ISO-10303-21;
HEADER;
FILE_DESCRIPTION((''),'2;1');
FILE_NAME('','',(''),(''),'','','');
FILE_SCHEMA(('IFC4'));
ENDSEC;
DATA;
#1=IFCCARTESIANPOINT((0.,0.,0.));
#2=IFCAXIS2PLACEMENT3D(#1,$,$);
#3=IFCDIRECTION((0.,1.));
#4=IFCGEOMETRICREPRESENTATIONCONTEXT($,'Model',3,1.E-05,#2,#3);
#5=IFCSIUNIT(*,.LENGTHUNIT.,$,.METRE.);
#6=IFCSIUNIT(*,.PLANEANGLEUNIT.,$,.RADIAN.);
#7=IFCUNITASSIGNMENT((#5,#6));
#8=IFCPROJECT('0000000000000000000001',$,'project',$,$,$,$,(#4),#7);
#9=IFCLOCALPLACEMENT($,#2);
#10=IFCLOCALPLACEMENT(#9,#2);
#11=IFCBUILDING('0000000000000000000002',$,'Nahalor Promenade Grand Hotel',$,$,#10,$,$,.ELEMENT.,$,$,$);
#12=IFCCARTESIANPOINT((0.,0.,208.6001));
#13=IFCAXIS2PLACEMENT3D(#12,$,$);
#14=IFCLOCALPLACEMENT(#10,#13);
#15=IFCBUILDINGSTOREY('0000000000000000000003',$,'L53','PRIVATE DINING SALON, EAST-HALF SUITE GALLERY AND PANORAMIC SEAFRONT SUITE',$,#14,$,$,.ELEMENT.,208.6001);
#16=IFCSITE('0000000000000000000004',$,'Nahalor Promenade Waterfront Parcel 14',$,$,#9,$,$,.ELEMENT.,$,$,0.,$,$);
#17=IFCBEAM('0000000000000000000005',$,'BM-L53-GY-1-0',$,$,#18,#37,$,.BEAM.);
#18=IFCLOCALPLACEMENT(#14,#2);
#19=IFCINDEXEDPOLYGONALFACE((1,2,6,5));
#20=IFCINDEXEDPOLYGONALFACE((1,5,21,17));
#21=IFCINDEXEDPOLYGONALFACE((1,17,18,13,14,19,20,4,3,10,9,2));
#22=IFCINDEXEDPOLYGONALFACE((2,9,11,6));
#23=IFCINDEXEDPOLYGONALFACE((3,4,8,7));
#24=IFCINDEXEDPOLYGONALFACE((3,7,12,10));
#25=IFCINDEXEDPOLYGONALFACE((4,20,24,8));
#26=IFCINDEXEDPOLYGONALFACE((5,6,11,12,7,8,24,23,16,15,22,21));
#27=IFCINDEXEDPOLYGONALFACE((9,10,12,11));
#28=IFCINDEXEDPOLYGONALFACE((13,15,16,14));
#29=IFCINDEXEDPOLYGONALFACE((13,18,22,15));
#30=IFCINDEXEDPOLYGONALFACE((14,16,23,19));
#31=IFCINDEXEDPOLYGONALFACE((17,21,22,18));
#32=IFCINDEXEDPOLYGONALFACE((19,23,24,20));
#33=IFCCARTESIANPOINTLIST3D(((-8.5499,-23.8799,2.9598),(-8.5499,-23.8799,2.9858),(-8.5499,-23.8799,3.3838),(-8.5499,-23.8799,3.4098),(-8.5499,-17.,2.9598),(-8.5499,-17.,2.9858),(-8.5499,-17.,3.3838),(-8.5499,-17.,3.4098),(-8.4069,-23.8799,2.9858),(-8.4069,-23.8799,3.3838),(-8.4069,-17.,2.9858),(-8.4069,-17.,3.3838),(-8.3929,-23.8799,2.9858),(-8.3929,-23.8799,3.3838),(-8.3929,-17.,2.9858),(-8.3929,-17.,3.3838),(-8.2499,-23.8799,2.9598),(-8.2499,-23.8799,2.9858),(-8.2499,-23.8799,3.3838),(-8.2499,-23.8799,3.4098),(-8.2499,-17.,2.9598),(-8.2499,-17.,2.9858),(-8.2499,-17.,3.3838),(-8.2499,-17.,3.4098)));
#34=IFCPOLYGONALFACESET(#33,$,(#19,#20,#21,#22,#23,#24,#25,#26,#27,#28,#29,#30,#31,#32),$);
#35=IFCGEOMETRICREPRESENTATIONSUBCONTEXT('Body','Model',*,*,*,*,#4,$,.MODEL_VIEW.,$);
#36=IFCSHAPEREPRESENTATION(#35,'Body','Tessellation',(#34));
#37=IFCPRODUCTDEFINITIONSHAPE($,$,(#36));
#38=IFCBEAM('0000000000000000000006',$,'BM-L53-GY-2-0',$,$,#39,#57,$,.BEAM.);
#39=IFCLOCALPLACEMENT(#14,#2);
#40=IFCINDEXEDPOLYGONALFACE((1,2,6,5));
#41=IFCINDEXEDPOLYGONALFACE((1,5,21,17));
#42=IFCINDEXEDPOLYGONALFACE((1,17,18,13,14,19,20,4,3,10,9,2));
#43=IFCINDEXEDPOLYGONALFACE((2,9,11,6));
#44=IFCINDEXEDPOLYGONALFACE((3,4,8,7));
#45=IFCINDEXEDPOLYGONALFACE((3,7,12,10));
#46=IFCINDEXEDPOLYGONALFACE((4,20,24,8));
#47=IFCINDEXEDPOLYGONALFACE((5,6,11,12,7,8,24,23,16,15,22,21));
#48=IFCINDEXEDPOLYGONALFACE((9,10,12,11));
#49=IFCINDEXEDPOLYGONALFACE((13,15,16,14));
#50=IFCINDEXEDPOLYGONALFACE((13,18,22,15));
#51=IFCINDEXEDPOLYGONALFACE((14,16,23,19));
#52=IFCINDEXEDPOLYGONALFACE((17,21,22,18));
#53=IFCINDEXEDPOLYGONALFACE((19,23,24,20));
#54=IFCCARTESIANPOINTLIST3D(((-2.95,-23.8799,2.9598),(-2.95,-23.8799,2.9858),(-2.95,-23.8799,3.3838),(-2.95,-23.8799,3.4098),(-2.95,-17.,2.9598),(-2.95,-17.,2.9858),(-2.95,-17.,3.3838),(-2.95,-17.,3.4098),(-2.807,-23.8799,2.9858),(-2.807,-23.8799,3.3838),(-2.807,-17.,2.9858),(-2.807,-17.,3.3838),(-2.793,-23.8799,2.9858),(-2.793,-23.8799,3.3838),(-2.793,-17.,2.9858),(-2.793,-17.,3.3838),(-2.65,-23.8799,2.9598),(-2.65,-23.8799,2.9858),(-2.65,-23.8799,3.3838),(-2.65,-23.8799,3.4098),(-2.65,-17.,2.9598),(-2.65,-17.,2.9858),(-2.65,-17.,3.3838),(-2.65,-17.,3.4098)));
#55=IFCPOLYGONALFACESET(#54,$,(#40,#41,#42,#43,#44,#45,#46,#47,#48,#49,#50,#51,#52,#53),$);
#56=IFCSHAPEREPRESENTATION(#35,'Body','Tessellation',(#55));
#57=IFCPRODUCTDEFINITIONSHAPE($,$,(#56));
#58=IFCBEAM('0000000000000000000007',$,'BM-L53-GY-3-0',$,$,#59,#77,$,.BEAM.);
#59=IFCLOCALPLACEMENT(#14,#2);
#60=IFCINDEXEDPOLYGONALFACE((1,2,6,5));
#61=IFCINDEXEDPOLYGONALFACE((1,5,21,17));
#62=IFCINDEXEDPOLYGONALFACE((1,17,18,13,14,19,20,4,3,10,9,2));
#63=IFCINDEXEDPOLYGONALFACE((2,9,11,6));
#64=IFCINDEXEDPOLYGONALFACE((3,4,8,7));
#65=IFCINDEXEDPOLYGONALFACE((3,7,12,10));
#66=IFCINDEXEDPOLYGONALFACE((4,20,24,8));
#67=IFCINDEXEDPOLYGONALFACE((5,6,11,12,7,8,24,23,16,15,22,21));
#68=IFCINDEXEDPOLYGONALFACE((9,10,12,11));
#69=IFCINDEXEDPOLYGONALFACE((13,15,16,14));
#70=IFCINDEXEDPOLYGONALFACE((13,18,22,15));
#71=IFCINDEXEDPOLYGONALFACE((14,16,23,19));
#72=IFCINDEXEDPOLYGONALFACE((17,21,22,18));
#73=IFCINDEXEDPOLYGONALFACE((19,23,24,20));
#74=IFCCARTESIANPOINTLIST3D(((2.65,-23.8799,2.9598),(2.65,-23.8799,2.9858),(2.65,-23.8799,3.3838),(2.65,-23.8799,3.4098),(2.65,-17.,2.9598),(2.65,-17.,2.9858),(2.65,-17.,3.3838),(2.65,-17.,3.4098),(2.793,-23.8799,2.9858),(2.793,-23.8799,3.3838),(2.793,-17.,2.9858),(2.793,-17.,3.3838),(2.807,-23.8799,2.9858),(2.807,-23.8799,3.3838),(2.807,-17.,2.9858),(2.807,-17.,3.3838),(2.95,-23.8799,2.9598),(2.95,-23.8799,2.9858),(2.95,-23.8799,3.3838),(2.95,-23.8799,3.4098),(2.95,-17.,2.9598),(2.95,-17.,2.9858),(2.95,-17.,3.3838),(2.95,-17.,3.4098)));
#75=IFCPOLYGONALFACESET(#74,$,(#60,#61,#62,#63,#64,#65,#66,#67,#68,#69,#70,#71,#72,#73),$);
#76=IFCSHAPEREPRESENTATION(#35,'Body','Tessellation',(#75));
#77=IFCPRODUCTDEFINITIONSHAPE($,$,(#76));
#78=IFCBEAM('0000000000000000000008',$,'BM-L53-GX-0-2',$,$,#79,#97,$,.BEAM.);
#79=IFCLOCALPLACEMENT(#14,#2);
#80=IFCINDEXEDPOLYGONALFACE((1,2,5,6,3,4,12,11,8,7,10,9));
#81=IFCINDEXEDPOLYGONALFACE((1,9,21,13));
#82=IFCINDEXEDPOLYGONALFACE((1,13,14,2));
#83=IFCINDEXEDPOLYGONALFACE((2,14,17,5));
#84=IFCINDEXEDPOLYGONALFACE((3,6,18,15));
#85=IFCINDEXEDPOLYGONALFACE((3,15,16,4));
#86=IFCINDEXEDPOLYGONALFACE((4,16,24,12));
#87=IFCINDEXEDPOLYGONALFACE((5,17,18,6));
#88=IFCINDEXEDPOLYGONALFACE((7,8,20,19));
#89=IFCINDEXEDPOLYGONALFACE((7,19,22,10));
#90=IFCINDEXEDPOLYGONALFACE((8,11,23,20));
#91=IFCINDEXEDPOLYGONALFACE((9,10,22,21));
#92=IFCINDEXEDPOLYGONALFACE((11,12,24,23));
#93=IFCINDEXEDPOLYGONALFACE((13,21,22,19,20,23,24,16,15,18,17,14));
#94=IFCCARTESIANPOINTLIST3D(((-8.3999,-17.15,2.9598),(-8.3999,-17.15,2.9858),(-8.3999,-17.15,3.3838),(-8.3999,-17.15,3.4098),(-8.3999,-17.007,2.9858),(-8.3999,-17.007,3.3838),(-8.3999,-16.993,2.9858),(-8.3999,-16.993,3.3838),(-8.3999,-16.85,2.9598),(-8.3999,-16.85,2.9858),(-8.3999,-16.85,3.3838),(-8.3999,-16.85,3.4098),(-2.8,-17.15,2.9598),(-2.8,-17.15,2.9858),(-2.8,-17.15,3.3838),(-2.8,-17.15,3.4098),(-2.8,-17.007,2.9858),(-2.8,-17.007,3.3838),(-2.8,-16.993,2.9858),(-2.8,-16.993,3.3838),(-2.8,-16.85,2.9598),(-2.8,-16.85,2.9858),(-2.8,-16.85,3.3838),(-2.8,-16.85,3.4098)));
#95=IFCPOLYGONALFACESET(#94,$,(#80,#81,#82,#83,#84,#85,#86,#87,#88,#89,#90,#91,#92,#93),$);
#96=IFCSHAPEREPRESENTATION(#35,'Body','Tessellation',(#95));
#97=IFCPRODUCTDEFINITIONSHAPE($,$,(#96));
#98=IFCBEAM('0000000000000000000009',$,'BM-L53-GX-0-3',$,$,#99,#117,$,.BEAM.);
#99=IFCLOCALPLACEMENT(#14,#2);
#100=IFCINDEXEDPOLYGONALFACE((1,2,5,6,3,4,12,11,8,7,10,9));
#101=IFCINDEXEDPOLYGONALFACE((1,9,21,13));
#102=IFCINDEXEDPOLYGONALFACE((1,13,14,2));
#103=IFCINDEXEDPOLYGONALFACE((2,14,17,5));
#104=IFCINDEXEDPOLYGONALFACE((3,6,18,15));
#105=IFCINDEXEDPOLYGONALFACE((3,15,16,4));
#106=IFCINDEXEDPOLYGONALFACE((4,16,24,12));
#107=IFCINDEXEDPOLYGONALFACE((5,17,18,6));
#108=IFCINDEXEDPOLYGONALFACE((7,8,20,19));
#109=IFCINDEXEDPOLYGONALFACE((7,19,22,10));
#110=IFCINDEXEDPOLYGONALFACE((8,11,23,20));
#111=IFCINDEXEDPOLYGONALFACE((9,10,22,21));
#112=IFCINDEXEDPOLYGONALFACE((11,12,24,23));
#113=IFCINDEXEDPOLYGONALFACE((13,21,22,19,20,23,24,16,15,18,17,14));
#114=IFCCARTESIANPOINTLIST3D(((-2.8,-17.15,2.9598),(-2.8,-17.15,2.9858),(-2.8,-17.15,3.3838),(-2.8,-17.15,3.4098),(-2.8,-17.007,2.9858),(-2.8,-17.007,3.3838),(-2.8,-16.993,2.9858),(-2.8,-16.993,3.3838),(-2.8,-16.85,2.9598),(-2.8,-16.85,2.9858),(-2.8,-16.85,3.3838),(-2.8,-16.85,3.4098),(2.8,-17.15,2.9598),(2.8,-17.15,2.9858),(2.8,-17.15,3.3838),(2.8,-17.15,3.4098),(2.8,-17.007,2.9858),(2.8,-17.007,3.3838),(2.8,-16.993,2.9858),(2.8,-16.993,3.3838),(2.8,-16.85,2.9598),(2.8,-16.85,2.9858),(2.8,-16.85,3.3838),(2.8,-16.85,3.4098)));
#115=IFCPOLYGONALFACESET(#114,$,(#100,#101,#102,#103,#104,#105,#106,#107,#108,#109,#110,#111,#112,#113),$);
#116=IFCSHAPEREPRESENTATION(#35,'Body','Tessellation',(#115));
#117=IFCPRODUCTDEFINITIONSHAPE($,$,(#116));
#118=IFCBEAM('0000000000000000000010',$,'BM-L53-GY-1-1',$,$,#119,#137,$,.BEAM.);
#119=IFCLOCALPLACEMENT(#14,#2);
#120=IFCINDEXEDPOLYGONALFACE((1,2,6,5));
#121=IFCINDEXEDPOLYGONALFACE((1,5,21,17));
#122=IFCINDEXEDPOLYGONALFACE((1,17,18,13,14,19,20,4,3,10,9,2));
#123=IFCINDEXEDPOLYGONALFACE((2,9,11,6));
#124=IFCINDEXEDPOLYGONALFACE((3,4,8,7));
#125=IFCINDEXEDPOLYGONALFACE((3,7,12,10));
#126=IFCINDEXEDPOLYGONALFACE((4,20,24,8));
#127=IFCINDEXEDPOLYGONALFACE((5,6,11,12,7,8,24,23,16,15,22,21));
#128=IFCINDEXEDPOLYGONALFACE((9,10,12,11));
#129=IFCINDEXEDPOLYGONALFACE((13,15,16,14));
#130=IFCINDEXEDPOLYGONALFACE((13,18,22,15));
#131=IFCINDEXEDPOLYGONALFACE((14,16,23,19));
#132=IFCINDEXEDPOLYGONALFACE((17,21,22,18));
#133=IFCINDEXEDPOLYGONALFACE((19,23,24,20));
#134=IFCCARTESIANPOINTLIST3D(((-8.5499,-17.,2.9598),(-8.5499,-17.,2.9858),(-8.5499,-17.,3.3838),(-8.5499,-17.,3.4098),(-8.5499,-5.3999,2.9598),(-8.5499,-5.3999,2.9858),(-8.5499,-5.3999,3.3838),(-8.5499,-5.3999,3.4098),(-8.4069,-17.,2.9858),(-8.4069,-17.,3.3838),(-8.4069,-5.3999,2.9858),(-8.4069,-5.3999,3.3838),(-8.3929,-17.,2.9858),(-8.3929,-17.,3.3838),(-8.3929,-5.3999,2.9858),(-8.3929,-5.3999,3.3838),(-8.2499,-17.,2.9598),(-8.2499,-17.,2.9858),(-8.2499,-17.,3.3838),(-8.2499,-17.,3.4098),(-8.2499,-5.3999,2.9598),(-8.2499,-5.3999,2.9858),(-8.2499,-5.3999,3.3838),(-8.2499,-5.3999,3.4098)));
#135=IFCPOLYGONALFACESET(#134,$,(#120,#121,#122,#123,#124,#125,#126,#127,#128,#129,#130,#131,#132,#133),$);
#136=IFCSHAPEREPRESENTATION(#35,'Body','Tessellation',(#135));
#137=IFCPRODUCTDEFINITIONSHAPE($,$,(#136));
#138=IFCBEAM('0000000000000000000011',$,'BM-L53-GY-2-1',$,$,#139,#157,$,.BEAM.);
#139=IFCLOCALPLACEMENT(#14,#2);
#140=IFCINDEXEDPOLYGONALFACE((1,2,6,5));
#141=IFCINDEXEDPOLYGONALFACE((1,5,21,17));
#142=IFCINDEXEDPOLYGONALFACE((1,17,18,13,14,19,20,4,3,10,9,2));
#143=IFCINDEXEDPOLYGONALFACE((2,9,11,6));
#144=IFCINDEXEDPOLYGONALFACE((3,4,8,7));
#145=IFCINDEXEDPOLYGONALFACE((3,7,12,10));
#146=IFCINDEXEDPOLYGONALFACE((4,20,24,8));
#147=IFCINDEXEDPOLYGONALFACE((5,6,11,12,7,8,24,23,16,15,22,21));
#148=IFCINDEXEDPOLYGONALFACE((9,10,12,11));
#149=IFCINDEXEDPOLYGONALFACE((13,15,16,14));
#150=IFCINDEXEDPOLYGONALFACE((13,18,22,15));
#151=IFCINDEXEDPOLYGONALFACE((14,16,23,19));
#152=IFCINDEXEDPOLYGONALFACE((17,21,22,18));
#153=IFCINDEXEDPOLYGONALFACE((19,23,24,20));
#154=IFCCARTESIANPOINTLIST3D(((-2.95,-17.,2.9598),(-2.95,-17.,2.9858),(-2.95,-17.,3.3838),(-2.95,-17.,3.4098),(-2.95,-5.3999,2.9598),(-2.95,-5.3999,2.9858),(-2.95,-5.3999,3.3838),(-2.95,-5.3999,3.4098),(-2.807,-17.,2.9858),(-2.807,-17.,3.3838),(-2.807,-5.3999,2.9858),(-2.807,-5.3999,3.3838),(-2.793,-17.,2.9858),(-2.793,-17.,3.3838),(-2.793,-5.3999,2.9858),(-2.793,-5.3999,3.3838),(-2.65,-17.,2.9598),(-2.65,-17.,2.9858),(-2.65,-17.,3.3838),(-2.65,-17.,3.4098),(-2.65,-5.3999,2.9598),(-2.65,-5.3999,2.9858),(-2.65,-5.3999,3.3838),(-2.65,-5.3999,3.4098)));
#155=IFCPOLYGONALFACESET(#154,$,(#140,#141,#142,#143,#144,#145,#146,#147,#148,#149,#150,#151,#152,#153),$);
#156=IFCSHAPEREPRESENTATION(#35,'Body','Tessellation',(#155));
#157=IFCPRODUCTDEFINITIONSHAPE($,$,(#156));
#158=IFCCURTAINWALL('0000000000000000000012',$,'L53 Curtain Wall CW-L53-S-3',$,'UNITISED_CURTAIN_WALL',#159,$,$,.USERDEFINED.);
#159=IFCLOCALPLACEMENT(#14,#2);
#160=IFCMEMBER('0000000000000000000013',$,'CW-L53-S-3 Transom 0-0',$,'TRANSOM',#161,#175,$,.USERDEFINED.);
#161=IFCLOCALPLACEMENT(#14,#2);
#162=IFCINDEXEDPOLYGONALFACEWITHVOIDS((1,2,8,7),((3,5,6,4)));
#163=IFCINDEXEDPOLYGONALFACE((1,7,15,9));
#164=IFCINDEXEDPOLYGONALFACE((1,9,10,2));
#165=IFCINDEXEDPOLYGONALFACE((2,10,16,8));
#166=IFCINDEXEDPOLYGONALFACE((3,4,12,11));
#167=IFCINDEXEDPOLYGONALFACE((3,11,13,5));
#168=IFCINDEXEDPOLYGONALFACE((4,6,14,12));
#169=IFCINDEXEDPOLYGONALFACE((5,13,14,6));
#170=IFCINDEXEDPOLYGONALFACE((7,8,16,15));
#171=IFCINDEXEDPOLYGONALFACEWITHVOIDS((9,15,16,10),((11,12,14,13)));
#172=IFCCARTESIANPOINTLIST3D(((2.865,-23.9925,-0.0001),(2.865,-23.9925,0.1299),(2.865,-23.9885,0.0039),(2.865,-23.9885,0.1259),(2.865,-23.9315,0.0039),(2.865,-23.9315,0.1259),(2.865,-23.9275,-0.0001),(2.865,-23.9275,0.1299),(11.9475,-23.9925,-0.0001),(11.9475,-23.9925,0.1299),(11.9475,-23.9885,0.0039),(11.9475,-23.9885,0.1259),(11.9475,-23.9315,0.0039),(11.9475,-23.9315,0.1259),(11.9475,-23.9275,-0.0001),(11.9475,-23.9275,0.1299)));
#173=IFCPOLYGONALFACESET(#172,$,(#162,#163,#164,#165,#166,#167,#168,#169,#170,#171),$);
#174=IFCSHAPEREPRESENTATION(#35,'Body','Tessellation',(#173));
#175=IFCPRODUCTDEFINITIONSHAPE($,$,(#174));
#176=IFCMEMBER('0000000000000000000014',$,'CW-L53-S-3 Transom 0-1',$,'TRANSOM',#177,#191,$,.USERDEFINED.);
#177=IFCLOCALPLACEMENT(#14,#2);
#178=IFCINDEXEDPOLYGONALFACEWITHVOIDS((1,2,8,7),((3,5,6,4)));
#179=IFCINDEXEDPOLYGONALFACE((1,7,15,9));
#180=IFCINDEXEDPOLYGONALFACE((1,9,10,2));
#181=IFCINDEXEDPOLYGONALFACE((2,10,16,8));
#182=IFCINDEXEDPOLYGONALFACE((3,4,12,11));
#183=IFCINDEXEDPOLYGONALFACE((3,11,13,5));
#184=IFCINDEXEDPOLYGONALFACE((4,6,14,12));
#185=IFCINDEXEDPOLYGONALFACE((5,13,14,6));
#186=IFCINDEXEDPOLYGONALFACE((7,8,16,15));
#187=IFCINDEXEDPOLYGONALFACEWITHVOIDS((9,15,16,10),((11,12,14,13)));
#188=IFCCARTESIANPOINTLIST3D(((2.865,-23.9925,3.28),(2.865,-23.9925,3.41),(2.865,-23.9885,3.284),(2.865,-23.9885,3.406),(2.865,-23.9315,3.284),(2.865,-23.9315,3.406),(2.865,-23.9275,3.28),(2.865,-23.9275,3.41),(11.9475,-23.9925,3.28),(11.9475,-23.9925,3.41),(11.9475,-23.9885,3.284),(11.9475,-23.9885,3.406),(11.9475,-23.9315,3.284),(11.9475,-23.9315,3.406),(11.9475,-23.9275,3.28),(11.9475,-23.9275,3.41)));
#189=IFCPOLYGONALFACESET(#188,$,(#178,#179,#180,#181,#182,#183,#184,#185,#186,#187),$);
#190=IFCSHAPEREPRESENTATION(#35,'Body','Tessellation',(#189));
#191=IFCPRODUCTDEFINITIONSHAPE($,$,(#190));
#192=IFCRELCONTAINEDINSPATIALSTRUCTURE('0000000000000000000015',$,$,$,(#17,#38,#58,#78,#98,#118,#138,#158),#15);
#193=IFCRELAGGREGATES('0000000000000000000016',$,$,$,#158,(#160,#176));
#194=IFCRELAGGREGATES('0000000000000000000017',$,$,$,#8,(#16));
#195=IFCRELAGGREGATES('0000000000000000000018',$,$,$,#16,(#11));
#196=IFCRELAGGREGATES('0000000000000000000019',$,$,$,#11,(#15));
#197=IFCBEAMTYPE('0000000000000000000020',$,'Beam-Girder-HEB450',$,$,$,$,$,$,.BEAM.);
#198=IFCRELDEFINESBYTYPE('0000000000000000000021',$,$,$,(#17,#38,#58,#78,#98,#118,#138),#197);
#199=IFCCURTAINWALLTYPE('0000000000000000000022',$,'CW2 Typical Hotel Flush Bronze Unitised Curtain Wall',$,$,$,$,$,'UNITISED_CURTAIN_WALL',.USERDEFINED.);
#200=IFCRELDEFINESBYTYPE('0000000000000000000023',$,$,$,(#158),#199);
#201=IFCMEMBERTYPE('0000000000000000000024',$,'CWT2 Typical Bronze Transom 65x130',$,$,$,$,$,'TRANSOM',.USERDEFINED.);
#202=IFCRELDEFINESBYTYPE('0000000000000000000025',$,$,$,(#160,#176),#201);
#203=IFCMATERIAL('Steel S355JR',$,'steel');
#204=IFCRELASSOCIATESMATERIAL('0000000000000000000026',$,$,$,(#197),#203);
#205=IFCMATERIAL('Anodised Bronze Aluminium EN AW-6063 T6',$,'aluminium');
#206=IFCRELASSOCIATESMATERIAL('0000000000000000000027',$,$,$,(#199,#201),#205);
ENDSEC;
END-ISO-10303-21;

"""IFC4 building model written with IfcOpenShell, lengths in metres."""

from ifc_helpers import new_model, si_unit, direction, frame, origin, origin_2d, place, context, subcontext, project, spatial, hollow_rectangle, i_section, extrude, source, transform, mapped, material, material_profile, profile_set, type_object, element, aggregate, save


model = new_model("IFC4")

# Units and contexts
model_context = context("Model", 3, precision=1e-05, world=origin(), true_north=direction((0.0, 1.0)))
body_context = subcontext(model_context, "Body", "Model", "MODEL_VIEW")
ifc_project = project(units=[si_unit("LENGTHUNIT", "METRE"), si_unit("PLANEANGLEUNIT", "RADIAN")], contexts=[model_context])

# Site, building, storey
site_placement = place(None, origin())
site = spatial("IfcSite", under=ifc_project, at=site_placement, Name="Nahalor Promenade Waterfront Parcel 14", CompositionType="ELEMENT", RefElevation=0.0)
building_placement = place(site_placement, origin())
building = spatial("IfcBuilding", under=site, at=building_placement, Name="Nahalor Promenade Grand Hotel", CompositionType="ELEMENT")
storey_placement = place(building_placement, frame((0.0, 0.0, 208.6001)))
storey = spatial("IfcBuildingStorey", under=building, at=storey_placement, Name="L53", Description="PRIVATE DINING SALON, EAST-HALF SUITE GALLERY AND PANORAMIC SEAFRONT SUITE", CompositionType="ELEMENT", Elevation=208.6001)

# Shared definitions
ifc_material_1 = material(Name="Steel S355JR", Category="steel")

# Beams
ifc_material_profile_1 = material_profile(ifc_material_1, i_section(OverallWidth=0.3, OverallDepth=0.45, WebThickness=0.014, FlangeThickness=0.026, at=origin_2d()), Name="HEB 450")
ifc_profile_set_1 = profile_set([ifc_material_profile_1], Name="Steel S355JR")
beam_type_1 = type_object("IfcBeamType", Name="Beam-Girder-HEB450", PredefinedType="BEAM", material=ifc_profile_set_1)
shared_shape_1 = source(origin(), body_context, "Body", "SweptSolid", [
    extrude(i_section(OverallWidth=0.3, OverallDepth=0.45, WebThickness=0.014, FlangeThickness=0.026, at=origin_2d()), origin(), (0.0, 0.0, 1.0), 6.8799),
])
for number, where, z_axis, x_axis, name in (
    (1, (-8.3999, -23.8799, 3.1848), (0.0, 1.0, 0.0), (-1.0, 0.0, 0.0), "BM-L53-GY-1-0"),
    (2, (-2.8, -23.8799, 3.1848), (0.0, 1.0, 0.0), (-1.0, 0.0, 0.0), "BM-L53-GY-2-0"),
    (3, (2.8, -23.8799, 3.1848), (0.0, 1.0, 0.0), (-1.0, 0.0, 0.0), "BM-L53-GY-3-0"),
):
    element("IfcBeam", number, at=place(storey_placement, frame(where, z_axis=z_axis, x_axis=x_axis)), inside=storey, type_object=beam_type_1, Name=name, PredefinedType="BEAM", context=body_context, shape_type="MappedRepresentation", body=[
        mapped(shared_shape_1, transform((0.0, 0.0, 0.0), scale=1.0)),
    ])
shared_shape_2 = source(origin(), body_context, "Body", "SweptSolid", [
    extrude(i_section(OverallWidth=0.3, OverallDepth=0.45, WebThickness=0.014, FlangeThickness=0.026, at=origin_2d()), origin(), (0.0, 0.0, 1.0), 5.5999),
])
beam_1_placement = place(storey_placement, frame((-8.3999, -17.0, 3.1848), z_axis=(1.0, 0.0, 0.0), x_axis=(0.0, 1.0, 0.0)))
element("IfcBeam", 4, at=beam_1_placement, inside=storey, type_object=beam_type_1, Name="BM-L53-GX-0-2", PredefinedType="BEAM", context=body_context, shape_type="MappedRepresentation", body=[
    mapped(shared_shape_2, transform((0.0, 0.0, 0.0), scale=1.0)),
])
shared_shape_3 = source(origin(), body_context, "Body", "SweptSolid", [
    extrude(i_section(OverallWidth=0.3, OverallDepth=0.45, WebThickness=0.014, FlangeThickness=0.026, at=origin_2d()), origin(), (0.0, 0.0, 1.0), 5.6001),
])
beam_2_placement = place(storey_placement, frame((-2.8, -17.0, 3.1848), z_axis=(1.0, 0.0, 0.0), x_axis=(0.0, 1.0, 0.0)))
element("IfcBeam", 5, at=beam_2_placement, inside=storey, type_object=beam_type_1, Name="BM-L53-GX-0-3", PredefinedType="BEAM", context=body_context, shape_type="MappedRepresentation", body=[
    mapped(shared_shape_3, transform((0.0, 0.0, 0.0), scale=1.0)),
])
shared_shape_4 = source(origin(), body_context, "Body", "SweptSolid", [
    extrude(i_section(OverallWidth=0.3, OverallDepth=0.45, WebThickness=0.014, FlangeThickness=0.026, at=origin_2d()), origin(), (0.0, 0.0, 1.0), 11.6001),
])
for number, where, z_axis, x_axis, name in (
    (6, (-8.3999, -17.0, 3.1848), (0.0, 1.0, 0.0), (-1.0, 0.0, 0.0), "BM-L53-GY-1-1"),
    (7, (-2.8, -17.0, 3.1848), (0.0, 1.0, 0.0), (-1.0, 0.0, 0.0), "BM-L53-GY-2-1"),
):
    element("IfcBeam", number, at=place(storey_placement, frame(where, z_axis=z_axis, x_axis=x_axis)), inside=storey, type_object=beam_type_1, Name=name, PredefinedType="BEAM", context=body_context, shape_type="MappedRepresentation", body=[
        mapped(shared_shape_4, transform((0.0, 0.0, 0.0), scale=1.0)),
    ])

# Curtain wall, members
ifc_material_2 = material(Name="Anodised Bronze Aluminium EN AW-6063 T6", Category="aluminium")
curtain_wall_type = type_object("IfcCurtainWallType", Name="CW2 Typical Hotel Flush Bronze Unitised Curtain Wall", ElementType="UNITISED_CURTAIN_WALL", PredefinedType="USERDEFINED", material=ifc_material_2)
curtain_wall_placement = place(storey_placement, origin())
curtain_wall = element("IfcCurtainWall", 8, at=curtain_wall_placement, inside=storey, type_object=curtain_wall_type, Name="L53 Curtain Wall CW-L53-S-3", ObjectType="UNITISED_CURTAIN_WALL", PredefinedType="USERDEFINED")
ifc_material_profile_2 = material_profile(ifc_material_2, hollow_rectangle(XDim=0.065, YDim=0.13, WallThickness=0.004, at=origin_2d()), Name="CWT 65x130x4")
ifc_profile_set_2 = profile_set([ifc_material_profile_2], Name="Anodised Bronze Aluminium EN AW-6063 T6")
member_type_1 = type_object("IfcMemberType", Name="CWT2 Typical Bronze Transom 65x130", ElementType="TRANSOM", PredefinedType="USERDEFINED", material=ifc_profile_set_2)
shared_shape_5 = source(origin(), body_context, "Body", "SweptSolid", [
    extrude(hollow_rectangle(XDim=0.065, YDim=0.13, WallThickness=0.004, at=origin_2d()), origin(), (0.0, 0.0, 1.0), 9.0825),
])
member_1_placement = place(storey_placement, frame((2.865, -23.96, 0.0649), z_axis=(1.0, 0.0, 0.0), x_axis=(0.0, 1.0, 0.0)))
member_1 = element("IfcMember", 9, at=member_1_placement, type_object=member_type_1, Name="CW-L53-S-3 Transom 0-0", ObjectType="TRANSOM", PredefinedType="USERDEFINED", context=body_context, shape_type="MappedRepresentation", body=[
    mapped(shared_shape_5, transform((0.0, 0.0, 0.0), scale=1.0)),
])
member_2_placement = place(storey_placement, frame((2.865, -23.96, 3.345), z_axis=(1.0, 0.0, 0.0), x_axis=(0.0, 1.0, 0.0)))
member_2 = element("IfcMember", 10, at=member_2_placement, type_object=member_type_1, Name="CW-L53-S-3 Transom 0-1", ObjectType="TRANSOM", PredefinedType="USERDEFINED", context=body_context, shape_type="MappedRepresentation", body=[
    mapped(shared_shape_5, transform((0.0, 0.0, 0.0), scale=1.0)),
])
aggregate(curtain_wall, [member_1, member_2])

save(model, "model.ifc")
